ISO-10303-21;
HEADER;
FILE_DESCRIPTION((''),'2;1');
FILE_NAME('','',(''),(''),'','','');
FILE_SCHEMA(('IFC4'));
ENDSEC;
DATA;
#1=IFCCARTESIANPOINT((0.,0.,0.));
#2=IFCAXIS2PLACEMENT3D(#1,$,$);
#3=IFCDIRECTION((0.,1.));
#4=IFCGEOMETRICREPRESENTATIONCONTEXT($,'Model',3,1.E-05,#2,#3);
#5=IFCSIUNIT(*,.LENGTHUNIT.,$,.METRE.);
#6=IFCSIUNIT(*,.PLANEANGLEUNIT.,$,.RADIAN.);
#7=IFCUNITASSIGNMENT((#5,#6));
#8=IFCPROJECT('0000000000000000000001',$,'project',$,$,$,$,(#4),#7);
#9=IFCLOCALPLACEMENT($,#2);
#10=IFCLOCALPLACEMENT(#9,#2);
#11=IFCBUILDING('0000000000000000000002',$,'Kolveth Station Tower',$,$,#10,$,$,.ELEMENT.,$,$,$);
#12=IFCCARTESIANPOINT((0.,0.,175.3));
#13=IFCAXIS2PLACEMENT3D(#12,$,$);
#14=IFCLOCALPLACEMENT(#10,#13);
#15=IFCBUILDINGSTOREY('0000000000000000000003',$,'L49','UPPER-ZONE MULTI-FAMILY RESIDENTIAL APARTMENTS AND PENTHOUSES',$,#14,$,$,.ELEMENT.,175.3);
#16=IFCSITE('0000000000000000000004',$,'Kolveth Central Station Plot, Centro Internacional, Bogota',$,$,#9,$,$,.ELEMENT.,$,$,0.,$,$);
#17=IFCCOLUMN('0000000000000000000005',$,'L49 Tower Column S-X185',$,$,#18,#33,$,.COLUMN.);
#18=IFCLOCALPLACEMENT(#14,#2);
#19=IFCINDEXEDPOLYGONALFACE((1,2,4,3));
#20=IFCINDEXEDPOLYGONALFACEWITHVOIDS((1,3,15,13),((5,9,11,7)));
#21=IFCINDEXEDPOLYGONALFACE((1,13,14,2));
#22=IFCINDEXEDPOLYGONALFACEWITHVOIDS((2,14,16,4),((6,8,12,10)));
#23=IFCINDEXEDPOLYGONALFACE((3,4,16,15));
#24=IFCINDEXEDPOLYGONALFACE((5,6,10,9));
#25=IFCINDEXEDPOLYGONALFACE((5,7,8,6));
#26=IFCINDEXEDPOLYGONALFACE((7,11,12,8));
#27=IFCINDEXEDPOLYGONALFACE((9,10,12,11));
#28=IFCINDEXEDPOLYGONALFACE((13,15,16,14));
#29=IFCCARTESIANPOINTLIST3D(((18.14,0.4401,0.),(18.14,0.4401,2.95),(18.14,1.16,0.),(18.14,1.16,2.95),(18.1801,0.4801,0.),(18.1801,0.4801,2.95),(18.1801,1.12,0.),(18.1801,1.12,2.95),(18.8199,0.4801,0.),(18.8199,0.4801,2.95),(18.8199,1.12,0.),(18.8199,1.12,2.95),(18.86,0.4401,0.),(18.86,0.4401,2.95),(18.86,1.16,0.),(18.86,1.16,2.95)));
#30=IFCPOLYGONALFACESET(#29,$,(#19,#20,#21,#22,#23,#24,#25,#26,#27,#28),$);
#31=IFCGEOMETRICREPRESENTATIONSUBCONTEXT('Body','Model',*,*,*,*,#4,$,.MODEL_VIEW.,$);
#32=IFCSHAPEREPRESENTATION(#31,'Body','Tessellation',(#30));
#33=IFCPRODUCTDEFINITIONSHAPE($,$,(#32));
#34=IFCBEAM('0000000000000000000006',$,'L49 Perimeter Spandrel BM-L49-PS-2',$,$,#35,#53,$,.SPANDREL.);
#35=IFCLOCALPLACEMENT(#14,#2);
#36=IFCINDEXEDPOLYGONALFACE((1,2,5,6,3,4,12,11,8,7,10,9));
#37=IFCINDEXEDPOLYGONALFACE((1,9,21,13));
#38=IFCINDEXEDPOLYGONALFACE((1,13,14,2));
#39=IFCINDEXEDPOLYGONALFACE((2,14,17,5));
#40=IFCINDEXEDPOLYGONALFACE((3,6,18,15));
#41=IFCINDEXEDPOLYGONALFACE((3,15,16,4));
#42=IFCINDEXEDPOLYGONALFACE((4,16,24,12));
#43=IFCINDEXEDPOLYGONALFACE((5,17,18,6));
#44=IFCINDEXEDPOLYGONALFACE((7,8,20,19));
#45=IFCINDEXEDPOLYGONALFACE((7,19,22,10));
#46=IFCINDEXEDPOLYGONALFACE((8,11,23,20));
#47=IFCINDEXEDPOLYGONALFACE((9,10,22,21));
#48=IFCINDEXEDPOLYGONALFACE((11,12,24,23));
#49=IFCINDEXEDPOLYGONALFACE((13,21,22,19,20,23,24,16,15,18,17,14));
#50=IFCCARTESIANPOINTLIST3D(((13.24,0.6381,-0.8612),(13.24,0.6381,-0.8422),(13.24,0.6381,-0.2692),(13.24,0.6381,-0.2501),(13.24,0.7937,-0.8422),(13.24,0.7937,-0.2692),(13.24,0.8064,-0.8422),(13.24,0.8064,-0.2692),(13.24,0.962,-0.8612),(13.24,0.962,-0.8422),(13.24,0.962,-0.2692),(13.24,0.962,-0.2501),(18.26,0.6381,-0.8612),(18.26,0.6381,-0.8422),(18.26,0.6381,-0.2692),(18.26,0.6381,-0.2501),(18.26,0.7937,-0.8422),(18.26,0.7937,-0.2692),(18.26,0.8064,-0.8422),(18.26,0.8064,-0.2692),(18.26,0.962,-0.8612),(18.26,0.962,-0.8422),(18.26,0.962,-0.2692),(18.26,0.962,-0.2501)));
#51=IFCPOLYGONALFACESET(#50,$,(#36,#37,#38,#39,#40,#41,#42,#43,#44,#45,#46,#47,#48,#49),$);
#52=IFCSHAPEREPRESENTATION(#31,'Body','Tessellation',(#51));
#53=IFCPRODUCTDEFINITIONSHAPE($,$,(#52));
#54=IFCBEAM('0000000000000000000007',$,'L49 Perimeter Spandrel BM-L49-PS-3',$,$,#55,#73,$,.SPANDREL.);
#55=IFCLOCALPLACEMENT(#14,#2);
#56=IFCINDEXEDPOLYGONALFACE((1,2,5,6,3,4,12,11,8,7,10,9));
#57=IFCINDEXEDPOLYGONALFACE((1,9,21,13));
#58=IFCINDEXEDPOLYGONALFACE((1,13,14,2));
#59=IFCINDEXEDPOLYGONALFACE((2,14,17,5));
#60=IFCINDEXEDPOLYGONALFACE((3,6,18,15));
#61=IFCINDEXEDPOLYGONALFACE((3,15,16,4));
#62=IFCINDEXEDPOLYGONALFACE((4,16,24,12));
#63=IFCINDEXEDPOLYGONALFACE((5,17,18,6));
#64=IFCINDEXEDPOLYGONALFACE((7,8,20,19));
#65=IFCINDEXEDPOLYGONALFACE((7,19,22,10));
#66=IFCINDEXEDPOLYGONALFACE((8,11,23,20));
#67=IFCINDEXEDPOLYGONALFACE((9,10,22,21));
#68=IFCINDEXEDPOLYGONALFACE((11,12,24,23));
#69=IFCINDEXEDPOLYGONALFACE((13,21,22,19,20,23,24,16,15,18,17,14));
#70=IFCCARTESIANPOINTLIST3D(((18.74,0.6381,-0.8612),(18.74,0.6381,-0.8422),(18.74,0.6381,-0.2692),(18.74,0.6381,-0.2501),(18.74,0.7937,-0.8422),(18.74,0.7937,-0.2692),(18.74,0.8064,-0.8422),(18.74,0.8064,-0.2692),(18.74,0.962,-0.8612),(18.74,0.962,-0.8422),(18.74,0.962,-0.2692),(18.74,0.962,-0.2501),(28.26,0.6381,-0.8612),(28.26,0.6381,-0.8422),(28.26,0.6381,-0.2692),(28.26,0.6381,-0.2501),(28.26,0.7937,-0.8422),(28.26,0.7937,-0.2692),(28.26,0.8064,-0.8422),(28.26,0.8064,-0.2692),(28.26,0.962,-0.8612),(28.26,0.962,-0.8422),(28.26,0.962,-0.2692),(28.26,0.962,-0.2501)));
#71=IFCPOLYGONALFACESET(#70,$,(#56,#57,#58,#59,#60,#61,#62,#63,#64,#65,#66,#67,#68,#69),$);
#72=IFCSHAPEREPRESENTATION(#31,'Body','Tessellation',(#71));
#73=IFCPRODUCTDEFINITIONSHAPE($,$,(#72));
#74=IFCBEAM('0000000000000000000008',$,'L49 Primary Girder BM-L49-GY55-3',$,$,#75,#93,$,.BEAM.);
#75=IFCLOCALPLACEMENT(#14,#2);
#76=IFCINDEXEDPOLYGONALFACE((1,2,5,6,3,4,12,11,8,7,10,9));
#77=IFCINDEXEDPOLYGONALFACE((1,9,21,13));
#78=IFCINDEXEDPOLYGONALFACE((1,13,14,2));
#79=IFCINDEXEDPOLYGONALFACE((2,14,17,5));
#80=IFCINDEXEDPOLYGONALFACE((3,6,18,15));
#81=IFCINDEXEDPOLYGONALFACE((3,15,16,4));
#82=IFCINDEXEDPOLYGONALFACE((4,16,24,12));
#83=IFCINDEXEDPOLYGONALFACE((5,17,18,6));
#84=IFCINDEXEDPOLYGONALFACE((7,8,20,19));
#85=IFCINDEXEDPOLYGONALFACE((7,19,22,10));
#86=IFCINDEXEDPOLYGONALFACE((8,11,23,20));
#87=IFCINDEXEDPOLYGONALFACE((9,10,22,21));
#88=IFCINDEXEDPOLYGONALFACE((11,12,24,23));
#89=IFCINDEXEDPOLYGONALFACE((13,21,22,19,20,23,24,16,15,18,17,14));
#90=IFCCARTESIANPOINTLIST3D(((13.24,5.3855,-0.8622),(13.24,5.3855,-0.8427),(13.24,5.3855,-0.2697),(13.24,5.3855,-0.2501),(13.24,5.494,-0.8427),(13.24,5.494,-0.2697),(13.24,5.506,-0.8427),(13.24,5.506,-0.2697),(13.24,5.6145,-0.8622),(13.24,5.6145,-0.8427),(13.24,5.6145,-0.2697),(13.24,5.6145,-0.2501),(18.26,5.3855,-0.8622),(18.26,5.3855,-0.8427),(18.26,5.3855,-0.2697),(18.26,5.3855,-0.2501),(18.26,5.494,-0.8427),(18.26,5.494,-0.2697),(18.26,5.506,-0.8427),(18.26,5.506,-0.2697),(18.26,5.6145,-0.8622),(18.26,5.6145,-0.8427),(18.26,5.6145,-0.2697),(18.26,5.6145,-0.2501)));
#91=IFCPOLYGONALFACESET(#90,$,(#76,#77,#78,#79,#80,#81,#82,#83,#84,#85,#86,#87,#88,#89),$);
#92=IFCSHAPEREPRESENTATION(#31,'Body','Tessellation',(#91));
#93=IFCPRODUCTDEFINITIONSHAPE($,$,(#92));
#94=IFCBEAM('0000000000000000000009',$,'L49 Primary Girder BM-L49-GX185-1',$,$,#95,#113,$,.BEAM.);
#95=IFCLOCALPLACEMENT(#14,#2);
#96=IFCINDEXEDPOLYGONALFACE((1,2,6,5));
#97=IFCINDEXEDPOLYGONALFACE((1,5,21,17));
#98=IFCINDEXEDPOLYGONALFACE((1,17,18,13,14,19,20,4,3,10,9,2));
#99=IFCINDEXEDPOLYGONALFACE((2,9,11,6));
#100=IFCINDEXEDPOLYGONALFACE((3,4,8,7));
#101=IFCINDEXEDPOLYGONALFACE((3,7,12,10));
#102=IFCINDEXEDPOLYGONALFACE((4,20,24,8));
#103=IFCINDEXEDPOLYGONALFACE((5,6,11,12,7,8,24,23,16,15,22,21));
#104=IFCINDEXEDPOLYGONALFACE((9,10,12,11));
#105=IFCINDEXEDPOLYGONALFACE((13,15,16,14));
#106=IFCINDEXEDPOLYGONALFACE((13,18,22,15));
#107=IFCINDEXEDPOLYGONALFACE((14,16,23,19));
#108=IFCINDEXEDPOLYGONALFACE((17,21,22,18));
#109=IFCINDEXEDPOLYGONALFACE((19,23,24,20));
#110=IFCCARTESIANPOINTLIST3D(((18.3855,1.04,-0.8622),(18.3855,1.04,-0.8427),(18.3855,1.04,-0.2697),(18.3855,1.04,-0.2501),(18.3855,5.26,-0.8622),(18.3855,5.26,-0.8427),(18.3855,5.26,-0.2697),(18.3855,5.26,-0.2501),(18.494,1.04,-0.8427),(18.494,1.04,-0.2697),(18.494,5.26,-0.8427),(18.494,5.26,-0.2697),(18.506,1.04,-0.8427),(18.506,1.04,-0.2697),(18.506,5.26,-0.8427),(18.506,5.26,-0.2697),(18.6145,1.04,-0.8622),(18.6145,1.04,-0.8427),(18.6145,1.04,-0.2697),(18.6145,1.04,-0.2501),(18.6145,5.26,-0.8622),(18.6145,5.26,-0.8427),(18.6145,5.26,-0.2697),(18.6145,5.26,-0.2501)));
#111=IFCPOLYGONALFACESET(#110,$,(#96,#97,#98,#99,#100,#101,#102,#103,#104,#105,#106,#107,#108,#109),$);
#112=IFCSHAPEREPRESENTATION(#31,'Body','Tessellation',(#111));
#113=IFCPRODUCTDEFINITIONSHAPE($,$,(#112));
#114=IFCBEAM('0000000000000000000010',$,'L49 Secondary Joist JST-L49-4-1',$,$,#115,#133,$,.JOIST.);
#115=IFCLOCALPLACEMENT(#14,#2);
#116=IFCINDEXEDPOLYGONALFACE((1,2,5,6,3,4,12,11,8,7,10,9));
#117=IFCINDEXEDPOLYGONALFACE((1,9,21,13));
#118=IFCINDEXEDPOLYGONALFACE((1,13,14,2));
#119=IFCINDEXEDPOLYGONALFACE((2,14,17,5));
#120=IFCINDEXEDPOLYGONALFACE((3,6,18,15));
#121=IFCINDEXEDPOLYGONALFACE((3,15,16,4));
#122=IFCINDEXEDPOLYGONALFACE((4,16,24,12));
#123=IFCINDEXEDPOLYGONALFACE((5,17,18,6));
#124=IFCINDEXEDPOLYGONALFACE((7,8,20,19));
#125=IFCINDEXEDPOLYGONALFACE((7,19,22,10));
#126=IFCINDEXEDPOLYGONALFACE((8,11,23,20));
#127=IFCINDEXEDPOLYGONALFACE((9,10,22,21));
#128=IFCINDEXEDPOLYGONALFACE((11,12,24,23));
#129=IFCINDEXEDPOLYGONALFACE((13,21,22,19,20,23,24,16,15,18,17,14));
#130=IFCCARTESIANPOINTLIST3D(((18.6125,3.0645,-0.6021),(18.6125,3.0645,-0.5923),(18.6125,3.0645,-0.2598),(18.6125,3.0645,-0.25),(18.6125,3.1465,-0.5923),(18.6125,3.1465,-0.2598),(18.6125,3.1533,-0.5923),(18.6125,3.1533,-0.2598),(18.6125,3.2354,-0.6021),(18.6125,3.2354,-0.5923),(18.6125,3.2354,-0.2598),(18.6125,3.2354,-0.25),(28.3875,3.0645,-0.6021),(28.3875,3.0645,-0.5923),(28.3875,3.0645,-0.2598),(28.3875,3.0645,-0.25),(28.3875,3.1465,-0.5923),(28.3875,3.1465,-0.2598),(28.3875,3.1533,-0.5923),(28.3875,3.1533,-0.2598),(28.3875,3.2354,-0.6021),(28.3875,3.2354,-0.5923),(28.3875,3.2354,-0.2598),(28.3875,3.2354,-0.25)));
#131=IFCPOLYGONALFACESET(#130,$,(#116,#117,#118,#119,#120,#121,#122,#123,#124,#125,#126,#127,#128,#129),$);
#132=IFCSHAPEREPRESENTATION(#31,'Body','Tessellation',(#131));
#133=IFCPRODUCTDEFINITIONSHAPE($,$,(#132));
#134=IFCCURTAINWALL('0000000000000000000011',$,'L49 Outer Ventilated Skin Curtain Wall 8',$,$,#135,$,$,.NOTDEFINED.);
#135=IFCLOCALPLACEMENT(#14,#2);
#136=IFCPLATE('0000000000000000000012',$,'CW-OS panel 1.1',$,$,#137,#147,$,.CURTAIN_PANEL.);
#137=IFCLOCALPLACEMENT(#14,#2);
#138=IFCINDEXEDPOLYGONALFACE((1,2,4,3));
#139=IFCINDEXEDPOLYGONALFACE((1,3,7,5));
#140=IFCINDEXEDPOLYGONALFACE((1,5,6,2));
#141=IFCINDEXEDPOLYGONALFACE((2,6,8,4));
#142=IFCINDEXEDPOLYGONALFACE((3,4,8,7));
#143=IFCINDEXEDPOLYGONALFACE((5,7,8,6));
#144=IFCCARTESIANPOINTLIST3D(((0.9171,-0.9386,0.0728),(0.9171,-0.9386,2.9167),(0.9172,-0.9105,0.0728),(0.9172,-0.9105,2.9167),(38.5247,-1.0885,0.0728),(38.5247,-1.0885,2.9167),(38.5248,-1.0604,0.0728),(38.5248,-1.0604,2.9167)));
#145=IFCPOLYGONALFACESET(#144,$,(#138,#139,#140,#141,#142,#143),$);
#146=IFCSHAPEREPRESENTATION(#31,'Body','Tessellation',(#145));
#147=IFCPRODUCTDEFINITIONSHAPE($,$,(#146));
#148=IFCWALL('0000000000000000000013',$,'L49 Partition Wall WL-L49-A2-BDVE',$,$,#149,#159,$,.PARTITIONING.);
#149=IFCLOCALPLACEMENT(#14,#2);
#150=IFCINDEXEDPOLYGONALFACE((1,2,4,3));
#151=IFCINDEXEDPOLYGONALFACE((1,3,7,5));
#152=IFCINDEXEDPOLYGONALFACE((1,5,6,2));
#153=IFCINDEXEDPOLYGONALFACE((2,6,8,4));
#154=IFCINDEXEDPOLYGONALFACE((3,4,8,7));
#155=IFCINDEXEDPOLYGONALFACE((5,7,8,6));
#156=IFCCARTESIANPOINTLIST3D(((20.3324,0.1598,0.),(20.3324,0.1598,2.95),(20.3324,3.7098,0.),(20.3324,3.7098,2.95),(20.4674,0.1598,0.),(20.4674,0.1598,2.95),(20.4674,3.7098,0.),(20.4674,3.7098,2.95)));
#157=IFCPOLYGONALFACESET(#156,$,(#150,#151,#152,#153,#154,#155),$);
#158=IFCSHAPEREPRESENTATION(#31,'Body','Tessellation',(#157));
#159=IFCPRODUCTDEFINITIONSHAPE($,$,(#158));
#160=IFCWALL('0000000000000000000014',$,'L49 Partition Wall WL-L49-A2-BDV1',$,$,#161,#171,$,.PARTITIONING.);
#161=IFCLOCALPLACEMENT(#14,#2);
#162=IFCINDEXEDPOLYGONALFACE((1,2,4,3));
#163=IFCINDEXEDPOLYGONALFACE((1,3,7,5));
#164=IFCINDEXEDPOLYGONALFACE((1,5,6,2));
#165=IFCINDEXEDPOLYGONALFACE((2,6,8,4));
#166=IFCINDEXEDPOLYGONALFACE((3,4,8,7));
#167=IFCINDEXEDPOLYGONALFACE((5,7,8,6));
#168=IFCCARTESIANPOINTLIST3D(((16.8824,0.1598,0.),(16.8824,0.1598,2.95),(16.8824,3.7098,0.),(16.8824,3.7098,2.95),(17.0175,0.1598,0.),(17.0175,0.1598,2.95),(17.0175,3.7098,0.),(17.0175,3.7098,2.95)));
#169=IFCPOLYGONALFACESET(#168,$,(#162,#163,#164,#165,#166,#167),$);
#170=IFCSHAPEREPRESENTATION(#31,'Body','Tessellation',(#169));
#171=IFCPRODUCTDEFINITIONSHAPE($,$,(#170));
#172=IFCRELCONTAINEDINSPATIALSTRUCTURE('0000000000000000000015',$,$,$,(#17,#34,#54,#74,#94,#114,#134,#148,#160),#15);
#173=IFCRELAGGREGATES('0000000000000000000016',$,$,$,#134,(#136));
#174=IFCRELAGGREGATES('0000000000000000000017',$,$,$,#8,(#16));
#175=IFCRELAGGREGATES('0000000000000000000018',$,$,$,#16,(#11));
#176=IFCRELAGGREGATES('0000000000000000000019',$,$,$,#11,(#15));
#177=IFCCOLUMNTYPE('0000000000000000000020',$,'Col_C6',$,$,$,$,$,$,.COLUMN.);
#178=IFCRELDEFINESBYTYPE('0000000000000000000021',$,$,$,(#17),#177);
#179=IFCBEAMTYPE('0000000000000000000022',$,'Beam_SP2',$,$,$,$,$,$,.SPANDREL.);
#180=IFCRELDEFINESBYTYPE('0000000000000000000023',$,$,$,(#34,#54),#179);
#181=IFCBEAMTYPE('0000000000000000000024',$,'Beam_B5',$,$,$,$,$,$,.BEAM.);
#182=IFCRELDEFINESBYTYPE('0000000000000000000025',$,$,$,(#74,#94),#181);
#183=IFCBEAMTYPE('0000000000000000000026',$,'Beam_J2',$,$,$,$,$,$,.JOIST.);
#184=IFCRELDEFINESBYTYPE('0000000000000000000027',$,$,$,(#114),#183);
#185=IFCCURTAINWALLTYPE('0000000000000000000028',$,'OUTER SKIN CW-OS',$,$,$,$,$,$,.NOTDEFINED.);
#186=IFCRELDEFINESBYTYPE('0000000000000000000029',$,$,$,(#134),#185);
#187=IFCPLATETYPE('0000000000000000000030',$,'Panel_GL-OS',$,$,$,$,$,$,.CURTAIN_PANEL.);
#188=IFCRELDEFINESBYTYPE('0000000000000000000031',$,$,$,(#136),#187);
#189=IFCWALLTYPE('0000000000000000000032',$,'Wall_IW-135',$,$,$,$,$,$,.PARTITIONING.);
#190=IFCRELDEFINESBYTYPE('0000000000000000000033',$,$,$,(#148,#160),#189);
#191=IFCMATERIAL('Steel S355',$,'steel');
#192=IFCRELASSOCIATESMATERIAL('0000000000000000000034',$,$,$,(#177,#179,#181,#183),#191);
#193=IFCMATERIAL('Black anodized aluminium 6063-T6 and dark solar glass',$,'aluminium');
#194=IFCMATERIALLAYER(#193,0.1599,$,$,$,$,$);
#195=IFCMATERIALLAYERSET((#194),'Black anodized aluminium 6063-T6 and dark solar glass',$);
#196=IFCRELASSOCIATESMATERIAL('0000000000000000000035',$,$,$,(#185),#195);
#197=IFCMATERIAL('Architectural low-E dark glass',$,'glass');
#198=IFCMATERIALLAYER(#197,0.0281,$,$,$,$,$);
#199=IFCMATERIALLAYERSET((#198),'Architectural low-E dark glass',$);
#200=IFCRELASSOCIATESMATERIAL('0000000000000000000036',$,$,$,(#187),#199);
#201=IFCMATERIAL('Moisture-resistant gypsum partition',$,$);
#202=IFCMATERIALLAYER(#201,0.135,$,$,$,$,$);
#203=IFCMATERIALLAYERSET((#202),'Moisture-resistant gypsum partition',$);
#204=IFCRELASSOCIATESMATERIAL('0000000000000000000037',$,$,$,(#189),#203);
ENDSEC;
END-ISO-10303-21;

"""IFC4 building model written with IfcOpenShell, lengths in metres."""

from ifc_helpers import new_model, si_unit, direction, frame, frame_2d, origin, origin_2d, place, context, subcontext, project, spatial, rectangle, hollow_rectangle, i_section, extrude, source, transform, mapped, material, layer, layer_set, material_profile, profile_set, type_object, element, aggregate, save


model = new_model("IFC4")

# Units and contexts
model_context = context("Model", 3, precision=1e-05, world=origin(), true_north=direction((0.0, 1.0)))
body_context = subcontext(model_context, "Body", "Model", "MODEL_VIEW")
ifc_project = project(units=[si_unit("LENGTHUNIT", "METRE"), si_unit("PLANEANGLEUNIT", "RADIAN")], contexts=[model_context])

# Site, building, storey
site_placement = place(None, origin())
site = spatial("IfcSite", under=ifc_project, at=site_placement, Name="Kolveth Central Station Plot, Centro Internacional, Bogota", CompositionType="ELEMENT", RefElevation=0.0)
building_placement = place(site_placement, origin())
building = spatial("IfcBuilding", under=site, at=building_placement, Name="Kolveth Station Tower", CompositionType="ELEMENT")
storey_placement = place(building_placement, frame((0.0, 0.0, 175.3)))
storey = spatial("IfcBuildingStorey", under=building, at=storey_placement, Name="L49", Description="UPPER-ZONE MULTI-FAMILY RESIDENTIAL APARTMENTS AND PENTHOUSES", CompositionType="ELEMENT", Elevation=175.3)

# Column
ifc_material_1 = material(Name="Steel S355", Category="steel")
ifc_material_profile_1 = material_profile(ifc_material_1, hollow_rectangle(XDim=0.72, YDim=0.72, WallThickness=0.04, at=origin_2d()), Name="BOX720x720x40")
ifc_profile_set_1 = profile_set([ifc_material_profile_1], Name="Steel S355")
column_type = type_object("IfcColumnType", Name="Col_C6", PredefinedType="COLUMN", material=ifc_profile_set_1)
shared_shape_1 = source(origin(), body_context, "Body", "SweptSolid", [
    extrude(hollow_rectangle(XDim=0.72, YDim=0.72, WallThickness=0.04, at=origin_2d()), origin(), (0.0, 0.0, 1.0), 2.95),
])
column_placement = place(storey_placement, frame((18.5, 0.8, 0.0), z_axis=(0.0, 0.0, 1.0), x_axis=(1.0, 0.0, 0.0)))
element("IfcColumn", 1, at=column_placement, inside=storey, type_object=column_type, Name="L49 Tower Column S-X185", PredefinedType="COLUMN", context=body_context, shape_type="MappedRepresentation", body=[
    mapped(shared_shape_1, transform((0.0, 0.0, 0.0), x_axis=(1.0, 0.0, 0.0), y_axis=(0.0, 1.0, 0.0), z_axis=(0.0, 0.0, 1.0), scale=1.0)),
])

# Beams
ifc_material_profile_2 = material_profile(ifc_material_1, i_section(OverallWidth=0.324, OverallDepth=0.6111, WebThickness=0.0127, FlangeThickness=0.019, at=origin_2d()), Name="W610x155")
ifc_profile_set_2 = profile_set([ifc_material_profile_2], Name="Steel S355")
beam_type_1 = type_object("IfcBeamType", Name="Beam_SP2", PredefinedType="SPANDREL", material=ifc_profile_set_2)
shared_shape_2 = source(origin(), body_context, "Body", "SweptSolid", [
    extrude(i_section(OverallWidth=0.324, OverallDepth=0.6111, WebThickness=0.0127, FlangeThickness=0.019, at=origin_2d()), origin(), (0.0, 0.0, 1.0), 5.02),
])
beam_1_placement = place(storey_placement, frame((13.24, 0.8, -0.5557), z_axis=(1.0, 0.0, 0.0), x_axis=(0.0, 1.0, 0.0)))
element("IfcBeam", 2, at=beam_1_placement, inside=storey, type_object=beam_type_1, Name="L49 Perimeter Spandrel BM-L49-PS-2", PredefinedType="SPANDREL", context=body_context, shape_type="MappedRepresentation", body=[
    mapped(shared_shape_2, transform((0.0, 0.0, 0.0), x_axis=(1.0, 0.0, 0.0), y_axis=(0.0, 1.0, 0.0), z_axis=(0.0, 0.0, 1.0), scale=1.0)),
])
shared_shape_3 = source(origin(), body_context, "Body", "SweptSolid", [
    extrude(i_section(OverallWidth=0.324, OverallDepth=0.6111, WebThickness=0.0127, FlangeThickness=0.019, at=origin_2d()), origin(), (0.0, 0.0, 1.0), 9.52),
])
beam_2_placement = place(storey_placement, frame((18.74, 0.8, -0.5557), z_axis=(1.0, 0.0, 0.0), x_axis=(0.0, 1.0, 0.0)))
element("IfcBeam", 3, at=beam_2_placement, inside=storey, type_object=beam_type_1, Name="L49 Perimeter Spandrel BM-L49-PS-3", PredefinedType="SPANDREL", context=body_context, shape_type="MappedRepresentation", body=[
    mapped(shared_shape_3, transform((0.0, 0.0, 0.0), x_axis=(1.0, 0.0, 0.0), y_axis=(0.0, 1.0, 0.0), z_axis=(0.0, 0.0, 1.0), scale=1.0)),
])
ifc_material_profile_3 = material_profile(ifc_material_1, i_section(OverallWidth=0.229, OverallDepth=0.6121, WebThickness=0.012, FlangeThickness=0.0195, at=origin_2d()), Name="W610x125")
ifc_profile_set_3 = profile_set([ifc_material_profile_3], Name="Steel S355")
beam_type_2 = type_object("IfcBeamType", Name="Beam_B5", PredefinedType="BEAM", material=ifc_profile_set_3)
shared_shape_4 = source(origin(), body_context, "Body", "SweptSolid", [
    extrude(i_section(OverallWidth=0.229, OverallDepth=0.6121, WebThickness=0.012, FlangeThickness=0.0195, at=origin_2d()), origin(), (0.0, 0.0, 1.0), 5.02),
])
beam_3_placement = place(storey_placement, frame((13.24, 5.5, -0.5562), z_axis=(1.0, 0.0, 0.0), x_axis=(0.0, 1.0, 0.0)))
element("IfcBeam", 4, at=beam_3_placement, inside=storey, type_object=beam_type_2, Name="L49 Primary Girder BM-L49-GY55-3", PredefinedType="BEAM", context=body_context, shape_type="MappedRepresentation", body=[
    mapped(shared_shape_4, transform((0.0, 0.0, 0.0), x_axis=(1.0, 0.0, 0.0), y_axis=(0.0, 1.0, 0.0), z_axis=(0.0, 0.0, 1.0), scale=1.0)),
])
shared_shape_5 = source(origin(), body_context, "Body", "SweptSolid", [
    extrude(i_section(OverallWidth=0.229, OverallDepth=0.6121, WebThickness=0.012, FlangeThickness=0.0195, at=origin_2d()), origin(), (0.0, 0.0, 1.0), 4.22),
])
beam_4_placement = place(storey_placement, frame((18.5, 1.04, -0.5562), z_axis=(0.0, 1.0, 0.0), x_axis=(-1.0, 0.0, 0.0)))
element("IfcBeam", 5, at=beam_4_placement, inside=storey, type_object=beam_type_2, Name="L49 Primary Girder BM-L49-GX185-1", PredefinedType="BEAM", context=body_context, shape_type="MappedRepresentation", body=[
    mapped(shared_shape_5, transform((0.0, 0.0, 0.0), x_axis=(1.0, 0.0, 0.0), y_axis=(0.0, 1.0, 0.0), z_axis=(0.0, 0.0, 1.0), scale=1.0)),
])
ifc_material_profile_4 = material_profile(ifc_material_1, i_section(OverallWidth=0.1709, OverallDepth=0.3521, WebThickness=0.0068, FlangeThickness=0.0098, at=origin_2d()), Name="W360x44")
ifc_profile_set_4 = profile_set([ifc_material_profile_4], Name="Steel S355")
beam_type_3 = type_object("IfcBeamType", Name="Beam_J2", PredefinedType="JOIST", material=ifc_profile_set_4)
shared_shape_6 = source(origin(), body_context, "Body", "SweptSolid", [
    extrude(i_section(OverallWidth=0.1709, OverallDepth=0.3521, WebThickness=0.0068, FlangeThickness=0.0098, at=origin_2d()), origin(), (0.0, 0.0, 1.0), 9.7749),
])
beam_5_placement = place(storey_placement, frame((18.6125, 3.1499, -0.426), z_axis=(1.0, 0.0, 0.0), x_axis=(0.0, 1.0, 0.0)))
element("IfcBeam", 6, at=beam_5_placement, inside=storey, type_object=beam_type_3, Name="L49 Secondary Joist JST-L49-4-1", PredefinedType="JOIST", context=body_context, shape_type="MappedRepresentation", body=[
    mapped(shared_shape_6, transform((0.0, 0.0, 0.0), x_axis=(1.0, 0.0, 0.0), y_axis=(0.0, 1.0, 0.0), z_axis=(0.0, 0.0, 1.0), scale=1.0)),
])

# Curtain wall, plate
ifc_material_2 = material(Name="Black anodized aluminium 6063-T6 and dark solar glass", Category="aluminium")
ifc_layer_1 = layer(ifc_material_2, 0.1599)
ifc_layer_set_1 = layer_set([ifc_layer_1], Name="Black anodized aluminium 6063-T6 and dark solar glass")
curtain_wall_type = type_object("IfcCurtainWallType", Name="OUTER SKIN CW-OS", PredefinedType="NOTDEFINED", material=ifc_layer_set_1)
curtain_wall_placement = place(storey_placement, origin())
curtain_wall = element("IfcCurtainWall", 7, at=curtain_wall_placement, inside=storey, type_object=curtain_wall_type, Name="L49 Outer Ventilated Skin Curtain Wall 8", PredefinedType="NOTDEFINED")
ifc_material_3 = material(Name="Architectural low-E dark glass", Category="glass")
ifc_layer_2 = layer(ifc_material_3, 0.0281)
ifc_layer_set_2 = layer_set([ifc_layer_2], Name="Architectural low-E dark glass")
plate_type = type_object("IfcPlateType", Name="Panel_GL-OS", PredefinedType="CURTAIN_PANEL", material=ifc_layer_set_2)
shared_shape_7 = source(origin(), body_context, "Body", "SweptSolid", [
    extrude(rectangle(XDim=37.6079, YDim=0.0281, at=origin_2d()), origin(), (0.0, 0.0, 1.0), 2.844),
])
plate_placement = place(storey_placement, frame((19.7209, -0.9995, 0.0728), z_axis=(0.0, 0.0, 1.0), x_axis=(0.999992, -0.003987, 0.0)))
plate = element("IfcPlate", 8, at=plate_placement, type_object=plate_type, Name="CW-OS panel 1.1", PredefinedType="CURTAIN_PANEL", context=body_context, shape_type="MappedRepresentation", body=[
    mapped(shared_shape_7, transform((0.0, 0.0, 0.0), x_axis=(1.0, 0.0, 0.0), y_axis=(0.0, 1.0, 0.0), z_axis=(0.0, 0.0, 1.0), scale=1.0)),
])
aggregate(curtain_wall, [plate])

# Wall
ifc_material_4 = material(Name="Moisture-resistant gypsum partition")
ifc_layer_3 = layer(ifc_material_4, 0.135)
ifc_layer_set_3 = layer_set([ifc_layer_3], Name="Moisture-resistant gypsum partition")
wall_type_1 = type_object("IfcWallType", Name="Wall_IW-135", PredefinedType="PARTITIONING", material=ifc_layer_set_3)
wall_1_placement = place(storey_placement, frame((20.3999, 0.1599, 0.0), z_axis=(0.0, 0.0, 1.0), x_axis=(0.0, 1.0, 0.0)))
element("IfcWall", 9, at=wall_1_placement, inside=storey, type_object=wall_type_1, Name="L49 Partition Wall WL-L49-A2-BDVE", PredefinedType="PARTITIONING", context=body_context, shape_type="SweptSolid", body=[
    extrude(rectangle(XDim=3.55, YDim=0.135, at=frame_2d((1.7749, 0.0))), origin(), (0.0, 0.0, 1.0), 2.95),
])

# Wall
wall_2_placement = place(storey_placement, frame((16.95, 0.1599, 0.0), z_axis=(0.0, 0.0, 1.0), x_axis=(0.0, 1.0, 0.0)))
element("IfcWall", 10, at=wall_2_placement, inside=storey, type_object=wall_type_1, Name="L49 Partition Wall WL-L49-A2-BDV1", PredefinedType="PARTITIONING", context=body_context, shape_type="SweptSolid", body=[
    extrude(rectangle(XDim=3.55, YDim=0.135, at=frame_2d((1.7749, 0.0))), origin(), (0.0, 0.0, 1.0), 2.95),
])

save(model, "model.ifc")
